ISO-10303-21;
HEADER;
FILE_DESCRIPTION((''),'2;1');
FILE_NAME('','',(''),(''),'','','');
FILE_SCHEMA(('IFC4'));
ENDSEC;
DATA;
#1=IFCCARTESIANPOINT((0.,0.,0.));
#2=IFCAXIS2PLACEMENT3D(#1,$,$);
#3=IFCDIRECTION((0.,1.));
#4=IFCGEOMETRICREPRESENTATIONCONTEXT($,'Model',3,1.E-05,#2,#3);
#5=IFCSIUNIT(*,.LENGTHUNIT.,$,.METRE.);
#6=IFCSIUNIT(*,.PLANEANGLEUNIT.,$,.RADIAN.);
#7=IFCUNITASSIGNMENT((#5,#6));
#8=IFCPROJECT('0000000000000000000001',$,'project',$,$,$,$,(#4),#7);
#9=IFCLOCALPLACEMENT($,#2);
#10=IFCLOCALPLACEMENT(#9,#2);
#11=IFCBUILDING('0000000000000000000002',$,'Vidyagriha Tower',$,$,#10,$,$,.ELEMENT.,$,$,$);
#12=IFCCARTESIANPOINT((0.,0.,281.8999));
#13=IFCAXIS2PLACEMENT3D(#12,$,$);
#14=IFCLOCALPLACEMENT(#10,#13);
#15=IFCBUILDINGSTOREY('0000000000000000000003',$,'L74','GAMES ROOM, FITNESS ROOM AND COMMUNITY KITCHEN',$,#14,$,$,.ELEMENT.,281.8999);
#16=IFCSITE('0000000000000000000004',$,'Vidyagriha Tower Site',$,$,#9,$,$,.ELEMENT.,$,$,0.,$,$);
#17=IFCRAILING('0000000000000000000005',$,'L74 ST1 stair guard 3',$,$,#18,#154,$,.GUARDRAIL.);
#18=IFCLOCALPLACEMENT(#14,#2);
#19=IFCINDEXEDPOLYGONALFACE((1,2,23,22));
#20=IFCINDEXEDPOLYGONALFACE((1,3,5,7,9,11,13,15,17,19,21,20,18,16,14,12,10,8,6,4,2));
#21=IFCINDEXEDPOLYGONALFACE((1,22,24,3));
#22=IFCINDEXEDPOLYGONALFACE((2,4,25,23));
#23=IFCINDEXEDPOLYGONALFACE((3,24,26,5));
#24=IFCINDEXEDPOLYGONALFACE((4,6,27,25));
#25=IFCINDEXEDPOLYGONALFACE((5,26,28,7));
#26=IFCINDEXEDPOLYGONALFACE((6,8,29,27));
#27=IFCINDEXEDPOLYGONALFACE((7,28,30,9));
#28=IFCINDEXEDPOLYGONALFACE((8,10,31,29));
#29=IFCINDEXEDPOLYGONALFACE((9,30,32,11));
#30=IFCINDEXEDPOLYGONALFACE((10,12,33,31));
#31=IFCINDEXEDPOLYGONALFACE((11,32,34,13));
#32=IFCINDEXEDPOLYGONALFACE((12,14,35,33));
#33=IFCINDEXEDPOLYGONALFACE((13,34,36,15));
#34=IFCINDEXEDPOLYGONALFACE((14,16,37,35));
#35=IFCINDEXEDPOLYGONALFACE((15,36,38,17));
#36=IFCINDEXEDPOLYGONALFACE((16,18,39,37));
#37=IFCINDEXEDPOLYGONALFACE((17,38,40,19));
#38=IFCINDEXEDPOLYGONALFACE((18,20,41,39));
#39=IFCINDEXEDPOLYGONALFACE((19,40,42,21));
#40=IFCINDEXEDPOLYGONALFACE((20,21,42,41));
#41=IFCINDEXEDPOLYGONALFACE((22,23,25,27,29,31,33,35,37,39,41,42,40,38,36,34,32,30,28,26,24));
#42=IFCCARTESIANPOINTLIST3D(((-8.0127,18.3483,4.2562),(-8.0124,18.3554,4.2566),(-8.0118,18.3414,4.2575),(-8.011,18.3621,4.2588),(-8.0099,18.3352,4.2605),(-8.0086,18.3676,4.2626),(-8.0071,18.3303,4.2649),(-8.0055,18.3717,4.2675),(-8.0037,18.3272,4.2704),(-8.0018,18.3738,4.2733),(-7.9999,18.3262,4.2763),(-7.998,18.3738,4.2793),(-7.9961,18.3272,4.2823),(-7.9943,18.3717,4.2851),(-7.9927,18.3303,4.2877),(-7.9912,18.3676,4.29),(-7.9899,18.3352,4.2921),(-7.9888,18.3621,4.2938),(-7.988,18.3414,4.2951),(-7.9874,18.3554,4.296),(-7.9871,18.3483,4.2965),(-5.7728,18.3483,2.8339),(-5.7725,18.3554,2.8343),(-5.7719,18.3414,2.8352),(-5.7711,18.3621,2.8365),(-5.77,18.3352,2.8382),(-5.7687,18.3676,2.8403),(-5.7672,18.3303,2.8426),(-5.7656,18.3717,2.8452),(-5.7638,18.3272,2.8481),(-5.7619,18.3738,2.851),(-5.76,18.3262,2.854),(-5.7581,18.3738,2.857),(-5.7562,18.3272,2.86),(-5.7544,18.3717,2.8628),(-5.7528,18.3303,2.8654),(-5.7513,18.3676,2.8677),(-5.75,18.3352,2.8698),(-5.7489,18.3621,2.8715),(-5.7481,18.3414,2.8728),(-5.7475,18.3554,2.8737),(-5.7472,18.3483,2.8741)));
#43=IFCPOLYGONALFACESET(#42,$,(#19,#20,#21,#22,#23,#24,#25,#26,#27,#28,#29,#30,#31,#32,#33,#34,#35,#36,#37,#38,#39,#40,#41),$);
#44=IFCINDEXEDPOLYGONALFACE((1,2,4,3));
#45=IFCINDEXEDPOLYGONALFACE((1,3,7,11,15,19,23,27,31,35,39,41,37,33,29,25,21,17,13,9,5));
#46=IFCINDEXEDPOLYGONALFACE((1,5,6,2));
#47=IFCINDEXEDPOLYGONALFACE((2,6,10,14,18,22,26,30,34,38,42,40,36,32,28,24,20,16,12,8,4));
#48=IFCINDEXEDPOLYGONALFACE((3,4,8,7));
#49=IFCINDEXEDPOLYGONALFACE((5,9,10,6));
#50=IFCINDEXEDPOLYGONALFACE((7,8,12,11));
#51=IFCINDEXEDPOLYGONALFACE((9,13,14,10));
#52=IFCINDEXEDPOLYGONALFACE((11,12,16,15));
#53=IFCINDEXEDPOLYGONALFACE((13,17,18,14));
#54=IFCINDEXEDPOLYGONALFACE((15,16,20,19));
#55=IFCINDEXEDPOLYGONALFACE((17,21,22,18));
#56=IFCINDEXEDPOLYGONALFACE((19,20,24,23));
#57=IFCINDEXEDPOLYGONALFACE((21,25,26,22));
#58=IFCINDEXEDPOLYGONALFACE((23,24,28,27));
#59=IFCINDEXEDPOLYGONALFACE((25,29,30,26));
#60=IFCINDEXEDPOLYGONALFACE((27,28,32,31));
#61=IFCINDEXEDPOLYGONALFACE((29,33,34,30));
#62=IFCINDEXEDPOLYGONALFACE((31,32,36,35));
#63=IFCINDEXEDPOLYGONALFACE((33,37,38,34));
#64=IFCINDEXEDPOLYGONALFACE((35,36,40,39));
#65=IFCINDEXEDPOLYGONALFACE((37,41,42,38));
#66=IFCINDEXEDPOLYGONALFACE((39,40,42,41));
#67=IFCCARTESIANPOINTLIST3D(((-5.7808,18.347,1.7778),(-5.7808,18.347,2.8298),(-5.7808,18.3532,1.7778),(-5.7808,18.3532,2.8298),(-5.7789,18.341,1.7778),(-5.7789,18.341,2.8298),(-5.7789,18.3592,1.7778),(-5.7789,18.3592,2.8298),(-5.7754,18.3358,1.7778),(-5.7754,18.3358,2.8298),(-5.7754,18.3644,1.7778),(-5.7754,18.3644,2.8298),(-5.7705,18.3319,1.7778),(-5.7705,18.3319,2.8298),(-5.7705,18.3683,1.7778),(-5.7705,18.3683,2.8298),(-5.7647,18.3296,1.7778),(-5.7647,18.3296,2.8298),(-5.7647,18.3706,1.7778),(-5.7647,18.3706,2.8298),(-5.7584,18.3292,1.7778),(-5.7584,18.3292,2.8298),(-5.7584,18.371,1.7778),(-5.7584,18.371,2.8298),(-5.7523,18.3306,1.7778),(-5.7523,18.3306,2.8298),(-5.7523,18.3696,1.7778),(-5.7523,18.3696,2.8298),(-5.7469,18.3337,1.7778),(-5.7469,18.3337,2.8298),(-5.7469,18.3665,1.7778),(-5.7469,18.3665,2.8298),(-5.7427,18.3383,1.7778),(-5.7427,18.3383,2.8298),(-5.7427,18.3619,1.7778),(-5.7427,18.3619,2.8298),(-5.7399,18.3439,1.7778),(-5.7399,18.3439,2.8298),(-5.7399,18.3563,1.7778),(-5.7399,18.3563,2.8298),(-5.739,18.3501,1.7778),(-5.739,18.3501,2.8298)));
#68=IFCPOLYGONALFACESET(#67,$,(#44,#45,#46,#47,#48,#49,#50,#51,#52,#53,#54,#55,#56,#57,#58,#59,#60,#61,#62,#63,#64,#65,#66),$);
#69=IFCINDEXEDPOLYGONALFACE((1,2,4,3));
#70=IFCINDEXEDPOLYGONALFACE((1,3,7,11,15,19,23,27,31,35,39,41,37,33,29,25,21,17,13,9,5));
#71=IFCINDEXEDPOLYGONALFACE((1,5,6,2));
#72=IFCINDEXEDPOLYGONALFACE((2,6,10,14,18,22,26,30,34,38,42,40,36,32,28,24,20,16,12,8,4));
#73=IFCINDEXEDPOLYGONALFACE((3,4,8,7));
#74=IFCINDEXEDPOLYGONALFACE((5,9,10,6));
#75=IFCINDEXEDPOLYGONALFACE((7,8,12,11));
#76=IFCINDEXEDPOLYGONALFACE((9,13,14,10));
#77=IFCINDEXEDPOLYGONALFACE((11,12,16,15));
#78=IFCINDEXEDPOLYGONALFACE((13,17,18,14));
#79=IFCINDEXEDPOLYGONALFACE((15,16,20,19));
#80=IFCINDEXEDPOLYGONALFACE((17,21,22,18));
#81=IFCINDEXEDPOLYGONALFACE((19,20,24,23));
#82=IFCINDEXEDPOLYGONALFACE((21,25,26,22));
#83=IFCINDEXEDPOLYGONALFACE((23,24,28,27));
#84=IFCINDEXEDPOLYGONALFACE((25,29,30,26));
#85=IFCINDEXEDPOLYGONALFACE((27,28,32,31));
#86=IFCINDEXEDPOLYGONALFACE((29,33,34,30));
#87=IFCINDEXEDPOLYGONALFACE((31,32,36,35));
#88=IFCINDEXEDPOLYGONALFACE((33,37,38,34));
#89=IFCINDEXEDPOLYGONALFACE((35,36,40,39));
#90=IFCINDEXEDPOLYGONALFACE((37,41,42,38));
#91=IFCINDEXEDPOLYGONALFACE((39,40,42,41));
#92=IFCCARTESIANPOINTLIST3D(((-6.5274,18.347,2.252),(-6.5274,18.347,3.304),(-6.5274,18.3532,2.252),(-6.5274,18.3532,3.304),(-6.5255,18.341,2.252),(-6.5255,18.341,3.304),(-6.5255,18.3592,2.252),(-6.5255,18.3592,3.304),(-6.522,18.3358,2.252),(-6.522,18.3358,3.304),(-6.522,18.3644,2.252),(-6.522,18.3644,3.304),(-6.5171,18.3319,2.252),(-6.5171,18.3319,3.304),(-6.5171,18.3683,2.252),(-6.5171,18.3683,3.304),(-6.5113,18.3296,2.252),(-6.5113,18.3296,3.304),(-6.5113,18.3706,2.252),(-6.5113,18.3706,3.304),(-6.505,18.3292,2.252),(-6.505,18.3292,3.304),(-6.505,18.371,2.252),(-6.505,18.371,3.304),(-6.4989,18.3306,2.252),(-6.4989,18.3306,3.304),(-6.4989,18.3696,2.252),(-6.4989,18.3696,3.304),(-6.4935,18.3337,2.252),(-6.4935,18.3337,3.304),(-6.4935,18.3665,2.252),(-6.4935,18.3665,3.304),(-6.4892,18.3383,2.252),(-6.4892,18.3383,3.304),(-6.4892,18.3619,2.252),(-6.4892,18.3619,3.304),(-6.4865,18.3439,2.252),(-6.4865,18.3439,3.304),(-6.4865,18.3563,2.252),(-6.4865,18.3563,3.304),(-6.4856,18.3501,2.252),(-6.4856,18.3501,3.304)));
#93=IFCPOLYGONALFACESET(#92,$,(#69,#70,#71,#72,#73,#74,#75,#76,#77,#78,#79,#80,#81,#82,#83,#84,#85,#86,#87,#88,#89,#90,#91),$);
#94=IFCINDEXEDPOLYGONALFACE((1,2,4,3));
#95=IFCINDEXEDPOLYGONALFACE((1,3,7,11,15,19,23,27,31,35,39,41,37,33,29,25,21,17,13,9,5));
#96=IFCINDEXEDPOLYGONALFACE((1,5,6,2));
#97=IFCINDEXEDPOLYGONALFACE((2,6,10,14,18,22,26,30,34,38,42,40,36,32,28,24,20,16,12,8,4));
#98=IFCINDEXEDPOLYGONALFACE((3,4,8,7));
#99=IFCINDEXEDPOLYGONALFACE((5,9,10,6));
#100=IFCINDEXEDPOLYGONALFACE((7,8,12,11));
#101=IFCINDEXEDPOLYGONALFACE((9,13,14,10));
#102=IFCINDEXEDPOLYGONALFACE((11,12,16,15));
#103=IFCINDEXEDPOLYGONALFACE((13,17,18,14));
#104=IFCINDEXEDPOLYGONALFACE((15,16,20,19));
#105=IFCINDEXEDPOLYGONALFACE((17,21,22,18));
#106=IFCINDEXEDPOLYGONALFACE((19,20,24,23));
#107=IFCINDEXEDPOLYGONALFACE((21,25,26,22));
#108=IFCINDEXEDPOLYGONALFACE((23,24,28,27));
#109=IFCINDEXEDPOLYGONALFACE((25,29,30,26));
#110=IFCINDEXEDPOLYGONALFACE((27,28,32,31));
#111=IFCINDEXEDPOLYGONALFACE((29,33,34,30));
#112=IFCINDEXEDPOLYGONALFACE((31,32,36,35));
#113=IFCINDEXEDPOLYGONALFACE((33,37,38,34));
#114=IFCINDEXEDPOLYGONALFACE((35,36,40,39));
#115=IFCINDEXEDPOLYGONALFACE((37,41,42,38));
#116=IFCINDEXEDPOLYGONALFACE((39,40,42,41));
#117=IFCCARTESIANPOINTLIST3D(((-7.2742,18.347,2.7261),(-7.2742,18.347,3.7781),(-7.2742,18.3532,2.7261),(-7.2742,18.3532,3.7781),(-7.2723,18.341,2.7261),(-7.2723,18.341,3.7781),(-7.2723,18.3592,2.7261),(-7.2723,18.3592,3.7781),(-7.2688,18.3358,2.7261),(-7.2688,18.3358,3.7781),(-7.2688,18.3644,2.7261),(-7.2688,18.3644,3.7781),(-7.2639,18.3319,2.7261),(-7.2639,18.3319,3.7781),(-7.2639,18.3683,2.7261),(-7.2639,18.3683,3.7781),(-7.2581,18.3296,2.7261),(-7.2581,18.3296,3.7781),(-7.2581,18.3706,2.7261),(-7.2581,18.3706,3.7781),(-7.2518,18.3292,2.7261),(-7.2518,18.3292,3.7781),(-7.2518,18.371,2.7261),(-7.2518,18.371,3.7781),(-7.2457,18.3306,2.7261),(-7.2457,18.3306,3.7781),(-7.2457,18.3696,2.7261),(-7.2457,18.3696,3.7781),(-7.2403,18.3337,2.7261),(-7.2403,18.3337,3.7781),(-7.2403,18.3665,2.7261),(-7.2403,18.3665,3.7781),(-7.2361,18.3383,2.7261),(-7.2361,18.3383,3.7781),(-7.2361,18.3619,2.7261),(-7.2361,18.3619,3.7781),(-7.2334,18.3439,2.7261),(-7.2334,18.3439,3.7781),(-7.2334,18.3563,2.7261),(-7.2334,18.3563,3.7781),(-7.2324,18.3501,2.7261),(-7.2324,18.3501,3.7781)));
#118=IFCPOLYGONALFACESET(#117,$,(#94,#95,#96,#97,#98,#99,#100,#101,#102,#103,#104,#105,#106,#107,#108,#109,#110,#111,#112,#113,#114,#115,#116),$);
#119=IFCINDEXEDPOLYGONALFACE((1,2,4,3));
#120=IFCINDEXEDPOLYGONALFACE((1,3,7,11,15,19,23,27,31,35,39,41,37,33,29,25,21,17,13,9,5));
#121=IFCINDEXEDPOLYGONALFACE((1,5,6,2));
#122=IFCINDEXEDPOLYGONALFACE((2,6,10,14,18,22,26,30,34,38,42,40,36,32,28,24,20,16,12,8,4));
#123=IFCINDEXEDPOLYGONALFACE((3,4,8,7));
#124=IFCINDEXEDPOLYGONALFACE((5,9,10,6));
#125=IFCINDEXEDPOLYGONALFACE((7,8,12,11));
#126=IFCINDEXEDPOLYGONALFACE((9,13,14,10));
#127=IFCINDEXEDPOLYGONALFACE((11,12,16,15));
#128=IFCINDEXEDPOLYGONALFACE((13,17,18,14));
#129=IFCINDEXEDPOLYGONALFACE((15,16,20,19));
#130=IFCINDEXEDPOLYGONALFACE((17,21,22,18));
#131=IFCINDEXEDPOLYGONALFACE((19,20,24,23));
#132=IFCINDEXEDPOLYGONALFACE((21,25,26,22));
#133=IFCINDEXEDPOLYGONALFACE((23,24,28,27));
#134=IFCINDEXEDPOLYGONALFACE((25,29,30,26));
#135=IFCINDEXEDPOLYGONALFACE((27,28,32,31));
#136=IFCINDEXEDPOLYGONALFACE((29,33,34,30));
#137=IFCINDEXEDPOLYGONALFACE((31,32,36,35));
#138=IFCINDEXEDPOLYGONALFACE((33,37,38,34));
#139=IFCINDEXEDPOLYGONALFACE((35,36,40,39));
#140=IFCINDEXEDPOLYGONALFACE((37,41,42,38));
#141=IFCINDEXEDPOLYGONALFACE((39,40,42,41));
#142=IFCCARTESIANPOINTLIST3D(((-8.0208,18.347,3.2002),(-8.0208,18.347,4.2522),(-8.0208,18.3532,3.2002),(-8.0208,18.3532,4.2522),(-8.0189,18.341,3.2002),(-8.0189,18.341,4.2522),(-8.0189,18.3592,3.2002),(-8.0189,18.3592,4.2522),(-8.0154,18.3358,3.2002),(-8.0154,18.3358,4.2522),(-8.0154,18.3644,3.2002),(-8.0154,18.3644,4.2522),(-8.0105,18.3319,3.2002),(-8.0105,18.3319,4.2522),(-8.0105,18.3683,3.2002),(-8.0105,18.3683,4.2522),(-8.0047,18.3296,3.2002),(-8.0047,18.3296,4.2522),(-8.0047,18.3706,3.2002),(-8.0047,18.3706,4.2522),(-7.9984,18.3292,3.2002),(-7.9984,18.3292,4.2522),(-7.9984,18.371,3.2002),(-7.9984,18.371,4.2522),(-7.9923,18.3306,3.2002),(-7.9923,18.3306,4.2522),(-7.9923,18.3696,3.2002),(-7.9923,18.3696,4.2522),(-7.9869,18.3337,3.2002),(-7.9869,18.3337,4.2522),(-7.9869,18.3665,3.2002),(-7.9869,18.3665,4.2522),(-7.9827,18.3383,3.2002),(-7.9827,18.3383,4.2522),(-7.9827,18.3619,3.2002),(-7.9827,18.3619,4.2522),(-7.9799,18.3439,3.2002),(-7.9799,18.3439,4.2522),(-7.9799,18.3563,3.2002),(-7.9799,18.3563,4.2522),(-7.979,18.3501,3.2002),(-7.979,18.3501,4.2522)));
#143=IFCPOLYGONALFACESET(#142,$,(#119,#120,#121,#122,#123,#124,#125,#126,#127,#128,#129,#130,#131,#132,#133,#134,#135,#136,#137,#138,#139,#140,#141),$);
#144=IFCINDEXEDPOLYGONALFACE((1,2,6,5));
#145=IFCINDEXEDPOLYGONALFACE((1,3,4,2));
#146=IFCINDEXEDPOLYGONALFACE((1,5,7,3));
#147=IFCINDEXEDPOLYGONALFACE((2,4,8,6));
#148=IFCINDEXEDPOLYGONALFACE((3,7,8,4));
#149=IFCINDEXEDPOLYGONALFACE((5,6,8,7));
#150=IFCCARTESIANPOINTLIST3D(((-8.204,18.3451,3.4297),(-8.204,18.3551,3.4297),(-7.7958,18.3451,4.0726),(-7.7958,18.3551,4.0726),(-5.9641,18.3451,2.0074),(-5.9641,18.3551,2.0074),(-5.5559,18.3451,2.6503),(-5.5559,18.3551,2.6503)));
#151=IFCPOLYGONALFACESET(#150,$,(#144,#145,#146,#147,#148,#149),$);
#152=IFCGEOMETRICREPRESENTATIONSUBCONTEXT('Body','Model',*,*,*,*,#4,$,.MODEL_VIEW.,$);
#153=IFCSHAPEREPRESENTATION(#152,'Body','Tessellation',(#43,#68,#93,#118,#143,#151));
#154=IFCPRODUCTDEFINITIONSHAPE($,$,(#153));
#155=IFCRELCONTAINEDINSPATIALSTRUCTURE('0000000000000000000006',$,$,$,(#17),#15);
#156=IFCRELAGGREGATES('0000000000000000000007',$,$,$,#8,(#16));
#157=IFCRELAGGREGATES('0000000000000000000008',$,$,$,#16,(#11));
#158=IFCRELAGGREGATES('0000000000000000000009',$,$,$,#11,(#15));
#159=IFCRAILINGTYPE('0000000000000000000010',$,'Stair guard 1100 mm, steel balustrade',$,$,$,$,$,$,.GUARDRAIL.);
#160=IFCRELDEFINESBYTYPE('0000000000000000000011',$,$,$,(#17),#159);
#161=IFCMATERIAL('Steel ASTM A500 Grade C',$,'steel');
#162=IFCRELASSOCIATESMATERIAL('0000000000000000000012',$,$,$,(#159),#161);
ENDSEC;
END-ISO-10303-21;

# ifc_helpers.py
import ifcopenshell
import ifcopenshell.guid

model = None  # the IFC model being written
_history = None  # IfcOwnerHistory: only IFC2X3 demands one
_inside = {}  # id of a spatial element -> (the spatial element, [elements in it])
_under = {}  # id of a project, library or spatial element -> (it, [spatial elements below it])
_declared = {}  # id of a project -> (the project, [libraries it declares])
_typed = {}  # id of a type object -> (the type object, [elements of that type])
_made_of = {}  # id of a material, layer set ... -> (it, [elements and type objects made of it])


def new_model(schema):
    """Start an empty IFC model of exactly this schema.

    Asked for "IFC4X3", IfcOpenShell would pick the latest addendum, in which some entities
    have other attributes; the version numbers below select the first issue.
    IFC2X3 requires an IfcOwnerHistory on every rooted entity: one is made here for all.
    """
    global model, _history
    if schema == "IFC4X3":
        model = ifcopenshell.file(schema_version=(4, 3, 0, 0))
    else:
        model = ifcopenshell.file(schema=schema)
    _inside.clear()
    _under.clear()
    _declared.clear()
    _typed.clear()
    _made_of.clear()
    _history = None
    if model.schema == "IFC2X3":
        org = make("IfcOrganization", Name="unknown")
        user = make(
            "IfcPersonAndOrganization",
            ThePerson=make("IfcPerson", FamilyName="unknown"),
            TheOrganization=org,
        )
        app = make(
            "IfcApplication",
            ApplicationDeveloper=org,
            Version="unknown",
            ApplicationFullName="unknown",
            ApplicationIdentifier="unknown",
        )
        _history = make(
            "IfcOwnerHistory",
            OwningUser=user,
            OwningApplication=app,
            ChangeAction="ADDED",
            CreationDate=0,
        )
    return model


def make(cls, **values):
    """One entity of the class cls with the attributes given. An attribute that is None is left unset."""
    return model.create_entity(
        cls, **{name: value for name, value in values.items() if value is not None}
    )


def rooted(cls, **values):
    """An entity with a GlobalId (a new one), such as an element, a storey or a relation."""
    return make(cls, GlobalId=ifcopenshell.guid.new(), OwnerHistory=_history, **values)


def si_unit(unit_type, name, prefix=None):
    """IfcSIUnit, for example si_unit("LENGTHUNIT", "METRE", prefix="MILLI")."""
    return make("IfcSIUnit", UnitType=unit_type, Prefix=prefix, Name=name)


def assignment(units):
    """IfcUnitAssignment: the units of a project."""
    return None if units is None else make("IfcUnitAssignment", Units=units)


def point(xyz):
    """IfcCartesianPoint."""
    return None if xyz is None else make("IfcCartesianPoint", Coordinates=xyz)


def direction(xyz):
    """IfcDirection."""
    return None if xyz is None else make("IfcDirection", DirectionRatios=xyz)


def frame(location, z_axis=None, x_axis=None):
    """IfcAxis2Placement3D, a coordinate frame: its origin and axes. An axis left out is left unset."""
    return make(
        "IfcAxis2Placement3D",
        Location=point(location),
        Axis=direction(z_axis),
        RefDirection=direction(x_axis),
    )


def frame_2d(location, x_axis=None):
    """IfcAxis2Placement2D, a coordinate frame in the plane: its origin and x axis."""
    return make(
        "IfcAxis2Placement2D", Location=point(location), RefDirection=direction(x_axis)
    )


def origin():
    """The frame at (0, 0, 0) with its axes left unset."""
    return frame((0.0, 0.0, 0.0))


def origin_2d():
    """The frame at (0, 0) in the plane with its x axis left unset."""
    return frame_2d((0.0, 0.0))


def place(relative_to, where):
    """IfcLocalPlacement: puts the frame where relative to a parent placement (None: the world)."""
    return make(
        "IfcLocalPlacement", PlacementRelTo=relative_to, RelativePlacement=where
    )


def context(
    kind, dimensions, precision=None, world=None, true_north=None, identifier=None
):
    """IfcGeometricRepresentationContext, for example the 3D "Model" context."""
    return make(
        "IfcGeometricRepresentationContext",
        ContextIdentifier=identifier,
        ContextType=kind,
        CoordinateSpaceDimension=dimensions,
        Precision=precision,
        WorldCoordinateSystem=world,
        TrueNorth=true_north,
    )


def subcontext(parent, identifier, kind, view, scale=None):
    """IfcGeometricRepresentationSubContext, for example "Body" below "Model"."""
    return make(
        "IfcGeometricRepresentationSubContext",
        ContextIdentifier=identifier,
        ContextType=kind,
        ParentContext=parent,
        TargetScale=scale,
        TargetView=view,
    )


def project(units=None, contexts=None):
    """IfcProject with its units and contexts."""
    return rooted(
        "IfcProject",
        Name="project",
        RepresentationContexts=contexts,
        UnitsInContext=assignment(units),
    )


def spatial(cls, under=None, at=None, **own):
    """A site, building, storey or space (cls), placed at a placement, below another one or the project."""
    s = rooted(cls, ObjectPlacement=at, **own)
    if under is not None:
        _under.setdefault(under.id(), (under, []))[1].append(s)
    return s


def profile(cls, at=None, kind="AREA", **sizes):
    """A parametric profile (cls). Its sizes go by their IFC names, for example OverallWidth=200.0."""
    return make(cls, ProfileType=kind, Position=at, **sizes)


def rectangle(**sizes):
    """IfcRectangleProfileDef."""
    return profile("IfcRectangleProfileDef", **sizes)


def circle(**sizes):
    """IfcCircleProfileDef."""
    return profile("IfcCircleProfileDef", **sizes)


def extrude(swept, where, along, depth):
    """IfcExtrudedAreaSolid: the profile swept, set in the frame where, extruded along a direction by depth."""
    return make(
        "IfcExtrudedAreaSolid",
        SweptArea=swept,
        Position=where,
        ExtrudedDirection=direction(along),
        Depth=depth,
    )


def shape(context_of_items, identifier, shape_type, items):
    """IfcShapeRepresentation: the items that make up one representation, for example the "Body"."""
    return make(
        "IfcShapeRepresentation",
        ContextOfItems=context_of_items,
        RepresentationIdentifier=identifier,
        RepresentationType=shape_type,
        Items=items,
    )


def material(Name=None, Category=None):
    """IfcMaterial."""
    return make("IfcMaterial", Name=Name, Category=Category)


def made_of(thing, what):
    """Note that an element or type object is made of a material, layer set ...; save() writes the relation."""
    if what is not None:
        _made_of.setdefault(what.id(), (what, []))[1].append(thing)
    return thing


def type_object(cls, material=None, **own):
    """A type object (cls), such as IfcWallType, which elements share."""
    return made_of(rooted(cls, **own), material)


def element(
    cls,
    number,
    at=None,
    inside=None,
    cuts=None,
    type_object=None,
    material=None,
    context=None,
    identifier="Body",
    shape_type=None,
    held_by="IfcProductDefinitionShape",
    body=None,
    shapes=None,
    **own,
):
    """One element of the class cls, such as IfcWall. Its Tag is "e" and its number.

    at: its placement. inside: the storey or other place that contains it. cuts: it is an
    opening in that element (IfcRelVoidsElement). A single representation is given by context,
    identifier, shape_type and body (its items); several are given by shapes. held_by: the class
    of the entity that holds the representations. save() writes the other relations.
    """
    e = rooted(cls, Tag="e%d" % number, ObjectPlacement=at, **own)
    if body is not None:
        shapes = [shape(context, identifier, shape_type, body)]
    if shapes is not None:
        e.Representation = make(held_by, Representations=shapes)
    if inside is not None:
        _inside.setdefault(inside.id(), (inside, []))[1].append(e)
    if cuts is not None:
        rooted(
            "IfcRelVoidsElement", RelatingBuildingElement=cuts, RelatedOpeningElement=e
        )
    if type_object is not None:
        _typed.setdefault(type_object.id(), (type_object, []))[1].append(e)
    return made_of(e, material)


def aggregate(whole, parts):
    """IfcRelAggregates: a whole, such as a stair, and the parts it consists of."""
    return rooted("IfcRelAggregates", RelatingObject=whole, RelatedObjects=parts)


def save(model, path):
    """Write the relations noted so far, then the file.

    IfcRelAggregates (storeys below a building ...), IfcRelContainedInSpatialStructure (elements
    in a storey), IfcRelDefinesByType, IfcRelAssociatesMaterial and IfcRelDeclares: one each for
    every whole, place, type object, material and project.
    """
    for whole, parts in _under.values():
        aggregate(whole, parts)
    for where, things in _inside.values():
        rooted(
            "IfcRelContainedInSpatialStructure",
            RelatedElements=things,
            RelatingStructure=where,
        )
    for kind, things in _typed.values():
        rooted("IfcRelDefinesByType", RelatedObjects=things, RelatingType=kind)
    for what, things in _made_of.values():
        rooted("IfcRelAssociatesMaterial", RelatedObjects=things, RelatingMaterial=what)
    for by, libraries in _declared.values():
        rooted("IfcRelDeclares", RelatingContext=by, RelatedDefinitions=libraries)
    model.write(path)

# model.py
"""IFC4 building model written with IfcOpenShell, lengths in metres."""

from ifc_helpers import new_model, si_unit, direction, frame, origin, origin_2d, place, context, subcontext, project, spatial, rectangle, circle, extrude, material, type_object, element, save


model = new_model("IFC4")

# Units and contexts
model_context = context("Model", 3, precision=1e-05, world=origin(), true_north=direction((0.0, 1.0)))
body_context = subcontext(model_context, "Body", "Model", "MODEL_VIEW")
ifc_project = project(units=[si_unit("LENGTHUNIT", "METRE"), si_unit("PLANEANGLEUNIT", "RADIAN")], contexts=[model_context])

# Site, building, storey
site_placement = place(None, origin())
site = spatial("IfcSite", under=ifc_project, at=site_placement, Name="Vidyagriha Tower Site", CompositionType="ELEMENT", RefElevation=0.0)
building_placement = place(site_placement, origin())
building = spatial("IfcBuilding", under=site, at=building_placement, Name="Vidyagriha Tower", CompositionType="ELEMENT")
storey_placement = place(building_placement, frame((0.0, 0.0, 281.8999)))
storey = spatial("IfcBuildingStorey", under=building, at=storey_placement, Name="L74", Description="GAMES ROOM, FITNESS ROOM AND COMMUNITY KITCHEN", CompositionType="ELEMENT", Elevation=281.8999)

# Railing
ifc_material_1 = material(Name="Steel ASTM A500 Grade C", Category="steel")
railing_type_1 = type_object("IfcRailingType", Name="Stair guard 1100 mm, steel balustrade", PredefinedType="GUARDRAIL", material=ifc_material_1)
railing_1_placement = place(storey_placement, frame((-5.76, 18.3501, 1.7778)))
element("IfcRailing", 1, at=railing_1_placement, inside=storey, type_object=railing_type_1, Name="L74 ST1 stair guard 3", PredefinedType="GUARDRAIL", context=body_context, shape_type="SweptSolid", body=[
    extrude(circle(Radius=0.0239, at=origin_2d()), frame((0.0, 0.0, 1.0762), z_axis=(-0.844188, 0.0, 0.536048), x_axis=(0.0, -1.0, 0.0)), (0.0, 0.0, 1.0), 2.6533),
    extrude(circle(Radius=0.021, at=origin_2d()), origin(), (0.0, 0.0, 1.0), 1.052),
    extrude(circle(Radius=0.021, at=origin_2d()), frame((-0.7466, 0.0, 0.4741)), (0.0, 0.0, 1.0), 1.052),
    extrude(circle(Radius=0.021, at=origin_2d()), frame((-1.4934, 0.0, 0.9482)), (0.0, 0.0, 1.0), 1.052),
    extrude(circle(Radius=0.021, at=origin_2d()), frame((-2.24, 0.0, 1.4224)), (0.0, 0.0, 1.0), 1.052),
    extrude(rectangle(XDim=0.01, YDim=0.7615, at=origin_2d()), frame((0.0, 0.0, 0.551), z_axis=(-0.844188, 0.0, 0.536048), x_axis=(0.0, -1.0, 0.0)), (0.0, 0.0, 1.0), 2.6533),
])

save(model, "model.ifc")
